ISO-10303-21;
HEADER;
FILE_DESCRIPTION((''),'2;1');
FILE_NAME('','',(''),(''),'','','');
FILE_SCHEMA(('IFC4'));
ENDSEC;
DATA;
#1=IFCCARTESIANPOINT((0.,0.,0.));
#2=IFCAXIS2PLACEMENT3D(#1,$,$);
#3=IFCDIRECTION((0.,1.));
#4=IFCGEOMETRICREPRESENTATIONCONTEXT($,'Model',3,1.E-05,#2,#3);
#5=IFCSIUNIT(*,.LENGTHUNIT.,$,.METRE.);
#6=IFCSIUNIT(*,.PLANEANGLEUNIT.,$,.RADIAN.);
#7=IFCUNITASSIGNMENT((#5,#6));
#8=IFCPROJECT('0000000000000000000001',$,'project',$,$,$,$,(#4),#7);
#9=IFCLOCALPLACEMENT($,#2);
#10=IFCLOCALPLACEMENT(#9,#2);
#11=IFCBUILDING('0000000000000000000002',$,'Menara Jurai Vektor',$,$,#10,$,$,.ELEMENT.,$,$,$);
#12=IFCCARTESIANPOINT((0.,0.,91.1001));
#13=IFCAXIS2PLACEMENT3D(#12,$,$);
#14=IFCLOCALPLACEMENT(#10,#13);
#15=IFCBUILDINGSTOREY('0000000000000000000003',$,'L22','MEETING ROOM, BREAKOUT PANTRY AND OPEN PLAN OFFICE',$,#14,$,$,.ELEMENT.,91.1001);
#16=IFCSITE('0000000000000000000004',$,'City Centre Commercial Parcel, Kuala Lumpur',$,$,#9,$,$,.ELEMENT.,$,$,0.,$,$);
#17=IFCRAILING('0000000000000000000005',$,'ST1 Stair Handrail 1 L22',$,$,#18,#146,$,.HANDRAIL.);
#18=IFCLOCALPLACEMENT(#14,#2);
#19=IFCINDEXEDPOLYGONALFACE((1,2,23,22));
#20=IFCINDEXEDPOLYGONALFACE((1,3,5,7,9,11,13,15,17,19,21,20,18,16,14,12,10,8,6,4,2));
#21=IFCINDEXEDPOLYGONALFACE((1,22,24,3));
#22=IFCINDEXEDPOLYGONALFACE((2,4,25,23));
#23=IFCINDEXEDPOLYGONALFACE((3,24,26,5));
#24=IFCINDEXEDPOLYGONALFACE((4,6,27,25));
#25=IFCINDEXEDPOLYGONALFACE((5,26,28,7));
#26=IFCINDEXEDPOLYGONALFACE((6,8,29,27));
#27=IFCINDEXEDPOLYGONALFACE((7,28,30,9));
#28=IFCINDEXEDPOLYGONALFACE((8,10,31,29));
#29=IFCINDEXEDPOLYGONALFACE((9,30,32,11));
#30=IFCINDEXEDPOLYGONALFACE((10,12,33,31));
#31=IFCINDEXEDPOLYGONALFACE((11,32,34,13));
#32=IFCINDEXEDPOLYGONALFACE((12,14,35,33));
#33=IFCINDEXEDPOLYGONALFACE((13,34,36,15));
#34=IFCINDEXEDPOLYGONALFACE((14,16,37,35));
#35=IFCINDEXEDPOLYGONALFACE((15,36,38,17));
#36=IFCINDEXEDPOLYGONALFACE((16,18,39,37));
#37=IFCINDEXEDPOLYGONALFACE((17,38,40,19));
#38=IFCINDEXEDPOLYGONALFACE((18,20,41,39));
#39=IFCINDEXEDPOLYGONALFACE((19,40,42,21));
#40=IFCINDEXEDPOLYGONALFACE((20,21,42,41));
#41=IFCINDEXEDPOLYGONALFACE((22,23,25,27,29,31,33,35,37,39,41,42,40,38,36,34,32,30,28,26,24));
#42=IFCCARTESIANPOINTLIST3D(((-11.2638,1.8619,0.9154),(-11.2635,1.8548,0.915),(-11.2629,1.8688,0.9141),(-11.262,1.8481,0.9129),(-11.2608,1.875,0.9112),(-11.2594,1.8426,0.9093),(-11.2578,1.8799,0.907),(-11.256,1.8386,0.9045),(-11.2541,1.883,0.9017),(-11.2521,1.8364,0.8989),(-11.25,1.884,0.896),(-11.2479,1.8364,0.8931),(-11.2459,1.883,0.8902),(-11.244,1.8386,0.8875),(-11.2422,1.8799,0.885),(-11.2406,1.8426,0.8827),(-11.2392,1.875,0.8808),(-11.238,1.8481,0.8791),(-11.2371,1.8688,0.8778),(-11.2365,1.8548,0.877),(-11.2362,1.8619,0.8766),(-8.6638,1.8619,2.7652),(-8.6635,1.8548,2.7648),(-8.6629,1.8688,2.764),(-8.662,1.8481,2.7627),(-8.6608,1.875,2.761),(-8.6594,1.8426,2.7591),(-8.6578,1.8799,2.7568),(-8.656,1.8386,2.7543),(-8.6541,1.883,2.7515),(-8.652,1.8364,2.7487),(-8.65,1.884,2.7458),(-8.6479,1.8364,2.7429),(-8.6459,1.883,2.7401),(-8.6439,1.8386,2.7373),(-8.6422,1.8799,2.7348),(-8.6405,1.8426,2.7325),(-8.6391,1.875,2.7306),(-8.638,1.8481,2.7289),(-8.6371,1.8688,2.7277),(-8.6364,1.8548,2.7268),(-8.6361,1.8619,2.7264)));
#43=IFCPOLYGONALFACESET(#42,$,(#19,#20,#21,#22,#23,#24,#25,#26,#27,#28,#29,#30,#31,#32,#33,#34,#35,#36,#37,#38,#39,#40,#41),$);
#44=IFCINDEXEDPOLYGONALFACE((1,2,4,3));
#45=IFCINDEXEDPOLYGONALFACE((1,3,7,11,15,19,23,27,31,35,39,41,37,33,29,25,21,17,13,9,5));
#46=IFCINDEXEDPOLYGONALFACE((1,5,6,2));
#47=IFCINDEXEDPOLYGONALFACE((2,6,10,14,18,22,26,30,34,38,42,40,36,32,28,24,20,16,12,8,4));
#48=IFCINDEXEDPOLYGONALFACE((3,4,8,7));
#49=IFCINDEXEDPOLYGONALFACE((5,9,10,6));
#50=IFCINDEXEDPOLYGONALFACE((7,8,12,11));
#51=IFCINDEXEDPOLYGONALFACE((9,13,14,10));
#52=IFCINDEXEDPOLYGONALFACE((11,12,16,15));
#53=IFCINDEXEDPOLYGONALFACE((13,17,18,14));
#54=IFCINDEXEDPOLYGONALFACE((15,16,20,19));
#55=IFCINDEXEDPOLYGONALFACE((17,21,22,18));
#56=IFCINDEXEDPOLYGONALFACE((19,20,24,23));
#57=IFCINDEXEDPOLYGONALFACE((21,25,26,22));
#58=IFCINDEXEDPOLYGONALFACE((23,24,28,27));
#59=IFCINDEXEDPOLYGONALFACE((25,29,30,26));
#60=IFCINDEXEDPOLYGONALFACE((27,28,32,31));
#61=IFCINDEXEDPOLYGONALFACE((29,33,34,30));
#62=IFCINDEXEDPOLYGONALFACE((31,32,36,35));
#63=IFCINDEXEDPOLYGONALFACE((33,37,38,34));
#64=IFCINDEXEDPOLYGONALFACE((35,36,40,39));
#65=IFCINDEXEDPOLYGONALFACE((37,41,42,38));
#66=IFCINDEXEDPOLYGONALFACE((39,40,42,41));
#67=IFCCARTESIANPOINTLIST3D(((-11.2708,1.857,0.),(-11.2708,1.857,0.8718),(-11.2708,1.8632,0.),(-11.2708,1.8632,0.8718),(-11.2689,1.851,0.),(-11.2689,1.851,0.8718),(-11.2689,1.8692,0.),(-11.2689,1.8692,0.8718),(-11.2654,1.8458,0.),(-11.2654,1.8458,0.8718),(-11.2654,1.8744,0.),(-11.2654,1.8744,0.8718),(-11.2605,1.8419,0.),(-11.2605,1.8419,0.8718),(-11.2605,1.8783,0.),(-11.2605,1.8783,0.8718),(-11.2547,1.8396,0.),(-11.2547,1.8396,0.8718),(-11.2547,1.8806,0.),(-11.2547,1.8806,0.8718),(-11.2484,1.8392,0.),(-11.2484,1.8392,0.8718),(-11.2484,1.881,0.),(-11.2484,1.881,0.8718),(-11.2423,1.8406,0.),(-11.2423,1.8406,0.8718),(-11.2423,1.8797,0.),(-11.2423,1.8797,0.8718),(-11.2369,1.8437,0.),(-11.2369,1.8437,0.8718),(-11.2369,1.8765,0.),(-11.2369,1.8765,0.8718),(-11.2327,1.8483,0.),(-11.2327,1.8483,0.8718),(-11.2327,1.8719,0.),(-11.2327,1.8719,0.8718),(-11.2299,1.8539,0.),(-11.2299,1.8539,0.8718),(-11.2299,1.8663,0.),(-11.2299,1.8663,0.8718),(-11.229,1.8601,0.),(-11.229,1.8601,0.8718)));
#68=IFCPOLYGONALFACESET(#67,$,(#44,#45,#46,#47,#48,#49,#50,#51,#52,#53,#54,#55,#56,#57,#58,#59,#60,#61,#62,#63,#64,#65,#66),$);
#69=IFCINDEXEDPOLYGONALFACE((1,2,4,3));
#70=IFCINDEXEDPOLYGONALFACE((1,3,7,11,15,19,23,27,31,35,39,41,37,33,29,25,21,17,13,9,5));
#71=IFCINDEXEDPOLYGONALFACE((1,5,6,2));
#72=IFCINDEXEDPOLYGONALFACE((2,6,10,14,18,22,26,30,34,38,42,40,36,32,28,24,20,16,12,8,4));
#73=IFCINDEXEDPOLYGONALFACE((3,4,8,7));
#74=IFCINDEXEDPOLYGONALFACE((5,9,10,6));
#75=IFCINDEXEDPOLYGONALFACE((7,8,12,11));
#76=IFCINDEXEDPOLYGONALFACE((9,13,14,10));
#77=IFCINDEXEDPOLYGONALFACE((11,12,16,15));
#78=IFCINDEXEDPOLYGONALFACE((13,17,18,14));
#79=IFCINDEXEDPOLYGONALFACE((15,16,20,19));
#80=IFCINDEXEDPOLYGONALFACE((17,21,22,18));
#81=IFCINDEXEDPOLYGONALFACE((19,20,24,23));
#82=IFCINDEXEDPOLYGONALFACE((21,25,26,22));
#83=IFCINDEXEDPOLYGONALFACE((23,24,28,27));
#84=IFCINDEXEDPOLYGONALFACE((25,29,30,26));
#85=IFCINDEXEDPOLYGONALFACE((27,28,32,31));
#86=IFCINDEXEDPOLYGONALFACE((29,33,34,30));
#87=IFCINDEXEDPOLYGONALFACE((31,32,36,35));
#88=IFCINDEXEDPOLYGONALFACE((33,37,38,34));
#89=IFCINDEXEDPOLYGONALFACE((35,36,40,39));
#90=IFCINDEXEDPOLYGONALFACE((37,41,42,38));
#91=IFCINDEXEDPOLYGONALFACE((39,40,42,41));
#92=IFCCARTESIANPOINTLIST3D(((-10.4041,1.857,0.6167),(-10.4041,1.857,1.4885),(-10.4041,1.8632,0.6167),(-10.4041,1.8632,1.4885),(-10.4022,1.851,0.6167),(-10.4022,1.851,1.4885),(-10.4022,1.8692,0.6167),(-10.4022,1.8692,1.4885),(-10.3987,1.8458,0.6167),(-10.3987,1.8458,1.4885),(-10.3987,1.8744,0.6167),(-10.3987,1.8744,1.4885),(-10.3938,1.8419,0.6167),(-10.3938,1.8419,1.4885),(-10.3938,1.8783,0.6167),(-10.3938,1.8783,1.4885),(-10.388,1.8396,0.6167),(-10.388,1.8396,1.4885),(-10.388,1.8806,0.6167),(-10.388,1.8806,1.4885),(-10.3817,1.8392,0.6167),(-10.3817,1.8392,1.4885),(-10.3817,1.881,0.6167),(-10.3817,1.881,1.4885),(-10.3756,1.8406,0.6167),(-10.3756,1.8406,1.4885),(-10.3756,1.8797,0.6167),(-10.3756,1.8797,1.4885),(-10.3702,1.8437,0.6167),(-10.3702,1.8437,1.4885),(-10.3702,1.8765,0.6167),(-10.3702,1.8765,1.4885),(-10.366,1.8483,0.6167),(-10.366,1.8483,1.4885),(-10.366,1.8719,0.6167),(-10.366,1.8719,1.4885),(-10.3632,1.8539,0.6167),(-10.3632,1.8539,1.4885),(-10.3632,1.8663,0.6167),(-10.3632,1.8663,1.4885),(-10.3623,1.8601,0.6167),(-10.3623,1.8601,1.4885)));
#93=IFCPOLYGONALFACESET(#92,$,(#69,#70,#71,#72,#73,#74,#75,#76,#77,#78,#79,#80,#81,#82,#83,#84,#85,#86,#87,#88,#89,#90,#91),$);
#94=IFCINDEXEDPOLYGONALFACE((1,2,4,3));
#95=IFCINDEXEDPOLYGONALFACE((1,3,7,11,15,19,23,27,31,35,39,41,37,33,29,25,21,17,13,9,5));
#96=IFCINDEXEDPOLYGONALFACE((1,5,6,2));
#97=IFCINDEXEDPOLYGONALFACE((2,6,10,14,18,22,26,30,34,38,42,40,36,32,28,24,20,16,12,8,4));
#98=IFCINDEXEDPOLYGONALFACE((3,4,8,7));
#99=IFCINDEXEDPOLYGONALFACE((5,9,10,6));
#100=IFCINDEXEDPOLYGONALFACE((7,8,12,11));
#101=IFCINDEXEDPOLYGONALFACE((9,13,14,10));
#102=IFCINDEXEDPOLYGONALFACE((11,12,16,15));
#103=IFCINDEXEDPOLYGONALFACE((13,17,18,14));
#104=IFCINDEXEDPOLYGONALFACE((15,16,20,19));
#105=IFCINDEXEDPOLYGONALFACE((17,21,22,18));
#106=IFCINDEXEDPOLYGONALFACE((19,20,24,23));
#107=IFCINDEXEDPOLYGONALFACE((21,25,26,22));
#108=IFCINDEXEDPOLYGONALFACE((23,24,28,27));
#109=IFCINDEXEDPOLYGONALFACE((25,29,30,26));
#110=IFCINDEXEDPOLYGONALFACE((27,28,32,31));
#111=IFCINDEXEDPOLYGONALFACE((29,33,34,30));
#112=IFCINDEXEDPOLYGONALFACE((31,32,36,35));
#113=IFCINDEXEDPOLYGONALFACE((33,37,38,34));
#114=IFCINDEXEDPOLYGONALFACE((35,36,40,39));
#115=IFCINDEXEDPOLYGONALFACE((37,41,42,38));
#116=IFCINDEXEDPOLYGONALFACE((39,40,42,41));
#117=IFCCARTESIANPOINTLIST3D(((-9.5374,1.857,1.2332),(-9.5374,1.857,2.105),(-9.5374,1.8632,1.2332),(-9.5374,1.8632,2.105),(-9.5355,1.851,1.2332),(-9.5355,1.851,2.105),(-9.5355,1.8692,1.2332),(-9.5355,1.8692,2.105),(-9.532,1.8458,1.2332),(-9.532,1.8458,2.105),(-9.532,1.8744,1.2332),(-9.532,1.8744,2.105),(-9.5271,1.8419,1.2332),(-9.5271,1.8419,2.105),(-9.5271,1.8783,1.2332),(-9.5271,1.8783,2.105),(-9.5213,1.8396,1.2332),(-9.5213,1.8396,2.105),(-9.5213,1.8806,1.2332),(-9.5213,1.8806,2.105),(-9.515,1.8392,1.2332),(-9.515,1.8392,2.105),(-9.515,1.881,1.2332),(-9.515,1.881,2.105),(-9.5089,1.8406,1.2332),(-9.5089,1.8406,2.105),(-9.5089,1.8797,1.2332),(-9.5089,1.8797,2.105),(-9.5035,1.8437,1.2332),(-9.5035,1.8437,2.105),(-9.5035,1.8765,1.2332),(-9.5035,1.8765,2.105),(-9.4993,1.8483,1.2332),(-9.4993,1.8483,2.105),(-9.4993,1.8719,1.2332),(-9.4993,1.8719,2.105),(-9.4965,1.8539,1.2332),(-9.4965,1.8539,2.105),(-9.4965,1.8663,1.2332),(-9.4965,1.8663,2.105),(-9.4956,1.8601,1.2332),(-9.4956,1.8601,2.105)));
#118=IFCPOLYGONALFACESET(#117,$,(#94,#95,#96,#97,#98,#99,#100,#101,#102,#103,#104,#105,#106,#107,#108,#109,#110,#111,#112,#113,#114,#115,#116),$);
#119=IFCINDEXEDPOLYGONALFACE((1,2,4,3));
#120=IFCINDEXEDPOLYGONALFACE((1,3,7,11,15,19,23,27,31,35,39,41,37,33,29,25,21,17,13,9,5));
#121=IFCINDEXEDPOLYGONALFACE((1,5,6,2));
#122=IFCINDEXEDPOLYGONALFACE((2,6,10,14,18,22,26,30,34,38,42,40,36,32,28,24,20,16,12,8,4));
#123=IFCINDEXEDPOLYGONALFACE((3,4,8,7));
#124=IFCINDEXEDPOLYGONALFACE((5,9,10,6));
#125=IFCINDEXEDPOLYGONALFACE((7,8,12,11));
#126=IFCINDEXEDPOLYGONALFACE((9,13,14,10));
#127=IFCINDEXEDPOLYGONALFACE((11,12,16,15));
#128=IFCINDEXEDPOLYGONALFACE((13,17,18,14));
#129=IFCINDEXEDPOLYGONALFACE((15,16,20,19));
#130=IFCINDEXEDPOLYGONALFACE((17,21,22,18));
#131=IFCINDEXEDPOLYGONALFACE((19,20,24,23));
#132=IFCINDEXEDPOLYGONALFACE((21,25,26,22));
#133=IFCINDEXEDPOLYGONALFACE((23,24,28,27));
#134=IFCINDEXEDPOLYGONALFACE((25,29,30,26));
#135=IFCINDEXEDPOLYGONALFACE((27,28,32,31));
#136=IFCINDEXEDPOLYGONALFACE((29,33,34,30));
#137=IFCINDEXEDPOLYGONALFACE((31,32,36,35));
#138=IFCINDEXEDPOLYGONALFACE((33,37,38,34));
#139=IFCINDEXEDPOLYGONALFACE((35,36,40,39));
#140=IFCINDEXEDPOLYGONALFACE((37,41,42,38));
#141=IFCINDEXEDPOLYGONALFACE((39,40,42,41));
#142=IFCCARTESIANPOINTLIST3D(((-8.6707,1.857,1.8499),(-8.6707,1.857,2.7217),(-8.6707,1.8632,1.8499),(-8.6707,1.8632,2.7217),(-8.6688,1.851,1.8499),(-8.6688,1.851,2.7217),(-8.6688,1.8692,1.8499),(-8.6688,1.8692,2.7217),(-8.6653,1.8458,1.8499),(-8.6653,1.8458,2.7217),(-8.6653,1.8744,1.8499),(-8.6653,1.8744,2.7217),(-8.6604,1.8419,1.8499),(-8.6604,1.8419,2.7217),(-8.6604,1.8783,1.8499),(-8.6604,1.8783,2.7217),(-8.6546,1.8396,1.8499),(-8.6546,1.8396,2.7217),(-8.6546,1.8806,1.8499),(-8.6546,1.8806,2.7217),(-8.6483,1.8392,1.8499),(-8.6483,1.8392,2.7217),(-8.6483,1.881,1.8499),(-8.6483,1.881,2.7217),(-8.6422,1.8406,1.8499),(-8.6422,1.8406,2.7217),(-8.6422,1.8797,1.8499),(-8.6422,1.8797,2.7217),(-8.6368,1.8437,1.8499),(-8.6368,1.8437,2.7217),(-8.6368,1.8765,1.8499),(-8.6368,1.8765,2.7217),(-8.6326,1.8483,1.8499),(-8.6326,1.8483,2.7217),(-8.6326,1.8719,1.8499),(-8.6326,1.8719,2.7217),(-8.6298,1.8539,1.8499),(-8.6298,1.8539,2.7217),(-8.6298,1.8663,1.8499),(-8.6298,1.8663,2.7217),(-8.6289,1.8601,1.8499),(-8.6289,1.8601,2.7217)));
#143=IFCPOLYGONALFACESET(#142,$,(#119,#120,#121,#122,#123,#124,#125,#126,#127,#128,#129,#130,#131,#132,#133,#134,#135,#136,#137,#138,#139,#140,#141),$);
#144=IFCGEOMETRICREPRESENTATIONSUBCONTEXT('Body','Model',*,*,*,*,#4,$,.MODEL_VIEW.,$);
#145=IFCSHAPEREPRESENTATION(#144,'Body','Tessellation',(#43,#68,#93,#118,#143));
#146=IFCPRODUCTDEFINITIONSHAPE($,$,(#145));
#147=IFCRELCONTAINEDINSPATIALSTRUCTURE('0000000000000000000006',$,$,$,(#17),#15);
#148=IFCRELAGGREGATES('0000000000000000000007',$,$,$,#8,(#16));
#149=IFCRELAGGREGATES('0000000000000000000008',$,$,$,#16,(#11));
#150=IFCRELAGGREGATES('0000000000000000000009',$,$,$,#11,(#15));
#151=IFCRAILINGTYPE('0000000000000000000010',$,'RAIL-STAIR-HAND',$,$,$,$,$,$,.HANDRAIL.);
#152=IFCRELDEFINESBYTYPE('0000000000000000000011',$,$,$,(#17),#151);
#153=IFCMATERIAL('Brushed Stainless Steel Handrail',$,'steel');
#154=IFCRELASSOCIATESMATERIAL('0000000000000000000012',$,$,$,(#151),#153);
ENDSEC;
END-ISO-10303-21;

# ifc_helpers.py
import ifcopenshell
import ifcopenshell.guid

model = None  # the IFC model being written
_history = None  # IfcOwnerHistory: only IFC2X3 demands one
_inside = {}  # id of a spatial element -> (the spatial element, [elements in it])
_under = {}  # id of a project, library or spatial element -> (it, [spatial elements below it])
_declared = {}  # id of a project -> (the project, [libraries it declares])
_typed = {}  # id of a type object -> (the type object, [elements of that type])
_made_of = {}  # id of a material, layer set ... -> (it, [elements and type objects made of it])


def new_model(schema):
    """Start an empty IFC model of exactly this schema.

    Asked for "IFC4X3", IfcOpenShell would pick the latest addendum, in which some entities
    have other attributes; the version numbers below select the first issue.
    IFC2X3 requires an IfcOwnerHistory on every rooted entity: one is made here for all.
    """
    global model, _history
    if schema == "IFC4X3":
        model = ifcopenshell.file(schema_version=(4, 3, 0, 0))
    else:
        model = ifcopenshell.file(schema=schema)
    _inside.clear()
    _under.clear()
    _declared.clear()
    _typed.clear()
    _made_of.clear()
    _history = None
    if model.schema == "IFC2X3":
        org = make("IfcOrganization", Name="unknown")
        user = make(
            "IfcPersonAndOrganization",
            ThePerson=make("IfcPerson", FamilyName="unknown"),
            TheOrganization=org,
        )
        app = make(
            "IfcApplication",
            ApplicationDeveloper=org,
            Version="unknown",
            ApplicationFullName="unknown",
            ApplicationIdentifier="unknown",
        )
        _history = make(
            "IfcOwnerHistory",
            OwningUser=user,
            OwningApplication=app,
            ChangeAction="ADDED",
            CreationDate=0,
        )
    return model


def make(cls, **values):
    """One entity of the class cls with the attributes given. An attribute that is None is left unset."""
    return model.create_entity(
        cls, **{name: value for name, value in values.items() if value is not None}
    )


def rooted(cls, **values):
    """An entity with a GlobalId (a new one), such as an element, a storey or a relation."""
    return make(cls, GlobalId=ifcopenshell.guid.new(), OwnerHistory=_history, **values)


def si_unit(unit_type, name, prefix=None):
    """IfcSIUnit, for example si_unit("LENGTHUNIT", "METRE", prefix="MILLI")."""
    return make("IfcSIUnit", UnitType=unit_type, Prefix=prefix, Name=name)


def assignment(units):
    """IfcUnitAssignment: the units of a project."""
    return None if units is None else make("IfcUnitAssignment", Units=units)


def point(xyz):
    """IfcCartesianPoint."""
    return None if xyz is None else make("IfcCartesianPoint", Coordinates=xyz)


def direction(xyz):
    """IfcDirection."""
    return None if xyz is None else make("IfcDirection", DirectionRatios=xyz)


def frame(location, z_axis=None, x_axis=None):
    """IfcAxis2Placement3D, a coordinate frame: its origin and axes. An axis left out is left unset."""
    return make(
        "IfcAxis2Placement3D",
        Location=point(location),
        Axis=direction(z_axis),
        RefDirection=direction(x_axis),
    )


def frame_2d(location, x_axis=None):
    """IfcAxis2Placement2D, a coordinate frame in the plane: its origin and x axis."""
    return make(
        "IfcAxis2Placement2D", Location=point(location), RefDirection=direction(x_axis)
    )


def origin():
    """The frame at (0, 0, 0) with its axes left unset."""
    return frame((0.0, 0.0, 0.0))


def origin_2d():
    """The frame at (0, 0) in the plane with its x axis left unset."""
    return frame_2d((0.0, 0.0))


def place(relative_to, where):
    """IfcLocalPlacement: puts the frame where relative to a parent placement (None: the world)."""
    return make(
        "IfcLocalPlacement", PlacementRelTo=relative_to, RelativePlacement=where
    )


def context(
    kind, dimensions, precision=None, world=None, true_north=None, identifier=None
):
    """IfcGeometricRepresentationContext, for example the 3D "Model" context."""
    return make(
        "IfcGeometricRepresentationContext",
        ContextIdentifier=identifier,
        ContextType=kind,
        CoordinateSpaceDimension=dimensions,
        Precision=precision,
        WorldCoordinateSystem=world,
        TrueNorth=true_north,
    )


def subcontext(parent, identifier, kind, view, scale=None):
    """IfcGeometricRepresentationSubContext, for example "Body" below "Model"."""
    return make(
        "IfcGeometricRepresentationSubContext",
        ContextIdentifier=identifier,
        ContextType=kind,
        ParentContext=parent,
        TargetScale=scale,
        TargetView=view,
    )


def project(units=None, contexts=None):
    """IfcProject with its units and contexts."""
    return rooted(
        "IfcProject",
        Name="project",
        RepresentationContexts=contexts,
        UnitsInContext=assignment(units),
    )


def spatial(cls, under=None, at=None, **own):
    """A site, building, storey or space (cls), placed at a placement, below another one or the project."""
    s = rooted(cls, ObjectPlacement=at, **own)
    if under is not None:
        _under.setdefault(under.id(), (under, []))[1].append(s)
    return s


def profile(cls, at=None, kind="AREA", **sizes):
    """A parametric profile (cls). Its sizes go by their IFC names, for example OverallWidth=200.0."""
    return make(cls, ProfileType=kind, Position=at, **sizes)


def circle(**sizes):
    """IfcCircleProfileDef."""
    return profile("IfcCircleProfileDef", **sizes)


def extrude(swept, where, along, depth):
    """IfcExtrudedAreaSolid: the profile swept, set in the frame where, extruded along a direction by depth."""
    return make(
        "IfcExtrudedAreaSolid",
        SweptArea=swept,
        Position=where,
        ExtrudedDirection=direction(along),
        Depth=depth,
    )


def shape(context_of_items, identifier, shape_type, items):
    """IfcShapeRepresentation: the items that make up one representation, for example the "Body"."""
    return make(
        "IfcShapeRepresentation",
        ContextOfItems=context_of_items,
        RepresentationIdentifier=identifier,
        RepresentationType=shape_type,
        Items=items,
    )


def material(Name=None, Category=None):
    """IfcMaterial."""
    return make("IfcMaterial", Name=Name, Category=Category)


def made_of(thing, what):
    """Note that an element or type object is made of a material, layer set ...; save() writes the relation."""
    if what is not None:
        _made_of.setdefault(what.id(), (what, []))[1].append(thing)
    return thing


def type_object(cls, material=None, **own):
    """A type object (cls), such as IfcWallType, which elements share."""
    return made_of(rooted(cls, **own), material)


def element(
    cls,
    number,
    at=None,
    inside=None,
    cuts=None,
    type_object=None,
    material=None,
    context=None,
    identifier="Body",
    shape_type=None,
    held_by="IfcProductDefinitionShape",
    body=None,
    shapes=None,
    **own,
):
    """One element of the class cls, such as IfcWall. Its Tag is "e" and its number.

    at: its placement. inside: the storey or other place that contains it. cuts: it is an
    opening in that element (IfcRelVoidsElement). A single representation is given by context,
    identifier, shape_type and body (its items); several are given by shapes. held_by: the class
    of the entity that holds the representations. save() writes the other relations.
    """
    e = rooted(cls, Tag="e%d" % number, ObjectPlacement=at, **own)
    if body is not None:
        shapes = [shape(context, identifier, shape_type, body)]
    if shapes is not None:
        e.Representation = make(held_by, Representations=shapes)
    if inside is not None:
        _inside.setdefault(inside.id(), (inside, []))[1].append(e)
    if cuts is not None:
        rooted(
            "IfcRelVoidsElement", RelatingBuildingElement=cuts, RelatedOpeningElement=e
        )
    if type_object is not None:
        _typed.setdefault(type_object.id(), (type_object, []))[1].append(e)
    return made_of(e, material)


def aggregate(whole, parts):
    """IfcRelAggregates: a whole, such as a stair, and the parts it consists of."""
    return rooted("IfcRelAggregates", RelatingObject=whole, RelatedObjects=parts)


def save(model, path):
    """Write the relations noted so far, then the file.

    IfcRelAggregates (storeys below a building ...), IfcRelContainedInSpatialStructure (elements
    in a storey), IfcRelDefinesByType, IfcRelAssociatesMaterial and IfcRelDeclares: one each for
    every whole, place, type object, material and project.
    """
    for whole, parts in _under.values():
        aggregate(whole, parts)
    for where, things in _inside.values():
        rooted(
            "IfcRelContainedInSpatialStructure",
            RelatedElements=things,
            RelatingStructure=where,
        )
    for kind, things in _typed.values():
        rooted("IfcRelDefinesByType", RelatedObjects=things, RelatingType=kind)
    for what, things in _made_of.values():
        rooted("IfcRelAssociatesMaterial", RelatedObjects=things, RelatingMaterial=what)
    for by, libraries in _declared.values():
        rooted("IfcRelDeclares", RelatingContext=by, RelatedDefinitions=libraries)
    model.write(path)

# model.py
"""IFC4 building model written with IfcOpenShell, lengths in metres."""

from ifc_helpers import new_model, si_unit, direction, frame, origin, origin_2d, place, context, subcontext, project, spatial, circle, extrude, material, type_object, element, save


model = new_model("IFC4")

# Units and contexts
model_context = context("Model", 3, precision=1e-05, world=origin(), true_north=direction((0.0, 1.0)))
body_context = subcontext(model_context, "Body", "Model", "MODEL_VIEW")
ifc_project = project(units=[si_unit("LENGTHUNIT", "METRE"), si_unit("PLANEANGLEUNIT", "RADIAN")], contexts=[model_context])

# Site, building, storey
site_placement = place(None, origin())
site = spatial("IfcSite", under=ifc_project, at=site_placement, Name="City Centre Commercial Parcel, Kuala Lumpur", CompositionType="ELEMENT", RefElevation=0.0)
building_placement = place(site_placement, origin())
building = spatial("IfcBuilding", under=site, at=building_placement, Name="Menara Jurai Vektor", CompositionType="ELEMENT")
storey_placement = place(building_placement, frame((0.0, 0.0, 91.1001)))
storey = spatial("IfcBuildingStorey", under=building, at=storey_placement, Name="L22", Description="MEETING ROOM, BREAKOUT PANTRY AND OPEN PLAN OFFICE", CompositionType="ELEMENT", Elevation=91.1001)

# Railing
ifc_material_1 = material(Name="Brushed Stainless Steel Handrail", Category="steel")
railing_type_1 = type_object("IfcRailingType", Name="RAIL-STAIR-HAND", PredefinedType="HANDRAIL", material=ifc_material_1)
railing_1_placement = place(storey_placement, frame((-11.25, 1.8601, 0.0)))
element("IfcRailing", 1, at=railing_1_placement, inside=storey, type_object=railing_type_1, Name="ST1 Stair Handrail 1 L22", PredefinedType="HANDRAIL", context=body_context, shape_type="SweptSolid", body=[
    extrude(circle(Radius=0.0239, at=origin_2d()), frame((0.0, 0.0, 0.896), z_axis=(0.814823, 0.0, 0.57971), x_axis=(0.0, 1.0, 0.0)), (0.0, 0.0, 1.0), 3.1909),
    extrude(circle(Radius=0.021, at=origin_2d()), origin(), (0.0, 0.0, 1.0), 0.8718),
    extrude(circle(Radius=0.021, at=origin_2d()), frame((0.8667, 0.0, 0.6167)), (0.0, 0.0, 1.0), 0.8718),
    extrude(circle(Radius=0.021, at=origin_2d()), frame((1.7334, 0.0, 1.2332)), (0.0, 0.0, 1.0), 0.8718),
    extrude(circle(Radius=0.021, at=origin_2d()), frame((2.6001, 0.0, 1.8499)), (0.0, 0.0, 1.0), 0.8718),
])

save(model, "model.ifc")
